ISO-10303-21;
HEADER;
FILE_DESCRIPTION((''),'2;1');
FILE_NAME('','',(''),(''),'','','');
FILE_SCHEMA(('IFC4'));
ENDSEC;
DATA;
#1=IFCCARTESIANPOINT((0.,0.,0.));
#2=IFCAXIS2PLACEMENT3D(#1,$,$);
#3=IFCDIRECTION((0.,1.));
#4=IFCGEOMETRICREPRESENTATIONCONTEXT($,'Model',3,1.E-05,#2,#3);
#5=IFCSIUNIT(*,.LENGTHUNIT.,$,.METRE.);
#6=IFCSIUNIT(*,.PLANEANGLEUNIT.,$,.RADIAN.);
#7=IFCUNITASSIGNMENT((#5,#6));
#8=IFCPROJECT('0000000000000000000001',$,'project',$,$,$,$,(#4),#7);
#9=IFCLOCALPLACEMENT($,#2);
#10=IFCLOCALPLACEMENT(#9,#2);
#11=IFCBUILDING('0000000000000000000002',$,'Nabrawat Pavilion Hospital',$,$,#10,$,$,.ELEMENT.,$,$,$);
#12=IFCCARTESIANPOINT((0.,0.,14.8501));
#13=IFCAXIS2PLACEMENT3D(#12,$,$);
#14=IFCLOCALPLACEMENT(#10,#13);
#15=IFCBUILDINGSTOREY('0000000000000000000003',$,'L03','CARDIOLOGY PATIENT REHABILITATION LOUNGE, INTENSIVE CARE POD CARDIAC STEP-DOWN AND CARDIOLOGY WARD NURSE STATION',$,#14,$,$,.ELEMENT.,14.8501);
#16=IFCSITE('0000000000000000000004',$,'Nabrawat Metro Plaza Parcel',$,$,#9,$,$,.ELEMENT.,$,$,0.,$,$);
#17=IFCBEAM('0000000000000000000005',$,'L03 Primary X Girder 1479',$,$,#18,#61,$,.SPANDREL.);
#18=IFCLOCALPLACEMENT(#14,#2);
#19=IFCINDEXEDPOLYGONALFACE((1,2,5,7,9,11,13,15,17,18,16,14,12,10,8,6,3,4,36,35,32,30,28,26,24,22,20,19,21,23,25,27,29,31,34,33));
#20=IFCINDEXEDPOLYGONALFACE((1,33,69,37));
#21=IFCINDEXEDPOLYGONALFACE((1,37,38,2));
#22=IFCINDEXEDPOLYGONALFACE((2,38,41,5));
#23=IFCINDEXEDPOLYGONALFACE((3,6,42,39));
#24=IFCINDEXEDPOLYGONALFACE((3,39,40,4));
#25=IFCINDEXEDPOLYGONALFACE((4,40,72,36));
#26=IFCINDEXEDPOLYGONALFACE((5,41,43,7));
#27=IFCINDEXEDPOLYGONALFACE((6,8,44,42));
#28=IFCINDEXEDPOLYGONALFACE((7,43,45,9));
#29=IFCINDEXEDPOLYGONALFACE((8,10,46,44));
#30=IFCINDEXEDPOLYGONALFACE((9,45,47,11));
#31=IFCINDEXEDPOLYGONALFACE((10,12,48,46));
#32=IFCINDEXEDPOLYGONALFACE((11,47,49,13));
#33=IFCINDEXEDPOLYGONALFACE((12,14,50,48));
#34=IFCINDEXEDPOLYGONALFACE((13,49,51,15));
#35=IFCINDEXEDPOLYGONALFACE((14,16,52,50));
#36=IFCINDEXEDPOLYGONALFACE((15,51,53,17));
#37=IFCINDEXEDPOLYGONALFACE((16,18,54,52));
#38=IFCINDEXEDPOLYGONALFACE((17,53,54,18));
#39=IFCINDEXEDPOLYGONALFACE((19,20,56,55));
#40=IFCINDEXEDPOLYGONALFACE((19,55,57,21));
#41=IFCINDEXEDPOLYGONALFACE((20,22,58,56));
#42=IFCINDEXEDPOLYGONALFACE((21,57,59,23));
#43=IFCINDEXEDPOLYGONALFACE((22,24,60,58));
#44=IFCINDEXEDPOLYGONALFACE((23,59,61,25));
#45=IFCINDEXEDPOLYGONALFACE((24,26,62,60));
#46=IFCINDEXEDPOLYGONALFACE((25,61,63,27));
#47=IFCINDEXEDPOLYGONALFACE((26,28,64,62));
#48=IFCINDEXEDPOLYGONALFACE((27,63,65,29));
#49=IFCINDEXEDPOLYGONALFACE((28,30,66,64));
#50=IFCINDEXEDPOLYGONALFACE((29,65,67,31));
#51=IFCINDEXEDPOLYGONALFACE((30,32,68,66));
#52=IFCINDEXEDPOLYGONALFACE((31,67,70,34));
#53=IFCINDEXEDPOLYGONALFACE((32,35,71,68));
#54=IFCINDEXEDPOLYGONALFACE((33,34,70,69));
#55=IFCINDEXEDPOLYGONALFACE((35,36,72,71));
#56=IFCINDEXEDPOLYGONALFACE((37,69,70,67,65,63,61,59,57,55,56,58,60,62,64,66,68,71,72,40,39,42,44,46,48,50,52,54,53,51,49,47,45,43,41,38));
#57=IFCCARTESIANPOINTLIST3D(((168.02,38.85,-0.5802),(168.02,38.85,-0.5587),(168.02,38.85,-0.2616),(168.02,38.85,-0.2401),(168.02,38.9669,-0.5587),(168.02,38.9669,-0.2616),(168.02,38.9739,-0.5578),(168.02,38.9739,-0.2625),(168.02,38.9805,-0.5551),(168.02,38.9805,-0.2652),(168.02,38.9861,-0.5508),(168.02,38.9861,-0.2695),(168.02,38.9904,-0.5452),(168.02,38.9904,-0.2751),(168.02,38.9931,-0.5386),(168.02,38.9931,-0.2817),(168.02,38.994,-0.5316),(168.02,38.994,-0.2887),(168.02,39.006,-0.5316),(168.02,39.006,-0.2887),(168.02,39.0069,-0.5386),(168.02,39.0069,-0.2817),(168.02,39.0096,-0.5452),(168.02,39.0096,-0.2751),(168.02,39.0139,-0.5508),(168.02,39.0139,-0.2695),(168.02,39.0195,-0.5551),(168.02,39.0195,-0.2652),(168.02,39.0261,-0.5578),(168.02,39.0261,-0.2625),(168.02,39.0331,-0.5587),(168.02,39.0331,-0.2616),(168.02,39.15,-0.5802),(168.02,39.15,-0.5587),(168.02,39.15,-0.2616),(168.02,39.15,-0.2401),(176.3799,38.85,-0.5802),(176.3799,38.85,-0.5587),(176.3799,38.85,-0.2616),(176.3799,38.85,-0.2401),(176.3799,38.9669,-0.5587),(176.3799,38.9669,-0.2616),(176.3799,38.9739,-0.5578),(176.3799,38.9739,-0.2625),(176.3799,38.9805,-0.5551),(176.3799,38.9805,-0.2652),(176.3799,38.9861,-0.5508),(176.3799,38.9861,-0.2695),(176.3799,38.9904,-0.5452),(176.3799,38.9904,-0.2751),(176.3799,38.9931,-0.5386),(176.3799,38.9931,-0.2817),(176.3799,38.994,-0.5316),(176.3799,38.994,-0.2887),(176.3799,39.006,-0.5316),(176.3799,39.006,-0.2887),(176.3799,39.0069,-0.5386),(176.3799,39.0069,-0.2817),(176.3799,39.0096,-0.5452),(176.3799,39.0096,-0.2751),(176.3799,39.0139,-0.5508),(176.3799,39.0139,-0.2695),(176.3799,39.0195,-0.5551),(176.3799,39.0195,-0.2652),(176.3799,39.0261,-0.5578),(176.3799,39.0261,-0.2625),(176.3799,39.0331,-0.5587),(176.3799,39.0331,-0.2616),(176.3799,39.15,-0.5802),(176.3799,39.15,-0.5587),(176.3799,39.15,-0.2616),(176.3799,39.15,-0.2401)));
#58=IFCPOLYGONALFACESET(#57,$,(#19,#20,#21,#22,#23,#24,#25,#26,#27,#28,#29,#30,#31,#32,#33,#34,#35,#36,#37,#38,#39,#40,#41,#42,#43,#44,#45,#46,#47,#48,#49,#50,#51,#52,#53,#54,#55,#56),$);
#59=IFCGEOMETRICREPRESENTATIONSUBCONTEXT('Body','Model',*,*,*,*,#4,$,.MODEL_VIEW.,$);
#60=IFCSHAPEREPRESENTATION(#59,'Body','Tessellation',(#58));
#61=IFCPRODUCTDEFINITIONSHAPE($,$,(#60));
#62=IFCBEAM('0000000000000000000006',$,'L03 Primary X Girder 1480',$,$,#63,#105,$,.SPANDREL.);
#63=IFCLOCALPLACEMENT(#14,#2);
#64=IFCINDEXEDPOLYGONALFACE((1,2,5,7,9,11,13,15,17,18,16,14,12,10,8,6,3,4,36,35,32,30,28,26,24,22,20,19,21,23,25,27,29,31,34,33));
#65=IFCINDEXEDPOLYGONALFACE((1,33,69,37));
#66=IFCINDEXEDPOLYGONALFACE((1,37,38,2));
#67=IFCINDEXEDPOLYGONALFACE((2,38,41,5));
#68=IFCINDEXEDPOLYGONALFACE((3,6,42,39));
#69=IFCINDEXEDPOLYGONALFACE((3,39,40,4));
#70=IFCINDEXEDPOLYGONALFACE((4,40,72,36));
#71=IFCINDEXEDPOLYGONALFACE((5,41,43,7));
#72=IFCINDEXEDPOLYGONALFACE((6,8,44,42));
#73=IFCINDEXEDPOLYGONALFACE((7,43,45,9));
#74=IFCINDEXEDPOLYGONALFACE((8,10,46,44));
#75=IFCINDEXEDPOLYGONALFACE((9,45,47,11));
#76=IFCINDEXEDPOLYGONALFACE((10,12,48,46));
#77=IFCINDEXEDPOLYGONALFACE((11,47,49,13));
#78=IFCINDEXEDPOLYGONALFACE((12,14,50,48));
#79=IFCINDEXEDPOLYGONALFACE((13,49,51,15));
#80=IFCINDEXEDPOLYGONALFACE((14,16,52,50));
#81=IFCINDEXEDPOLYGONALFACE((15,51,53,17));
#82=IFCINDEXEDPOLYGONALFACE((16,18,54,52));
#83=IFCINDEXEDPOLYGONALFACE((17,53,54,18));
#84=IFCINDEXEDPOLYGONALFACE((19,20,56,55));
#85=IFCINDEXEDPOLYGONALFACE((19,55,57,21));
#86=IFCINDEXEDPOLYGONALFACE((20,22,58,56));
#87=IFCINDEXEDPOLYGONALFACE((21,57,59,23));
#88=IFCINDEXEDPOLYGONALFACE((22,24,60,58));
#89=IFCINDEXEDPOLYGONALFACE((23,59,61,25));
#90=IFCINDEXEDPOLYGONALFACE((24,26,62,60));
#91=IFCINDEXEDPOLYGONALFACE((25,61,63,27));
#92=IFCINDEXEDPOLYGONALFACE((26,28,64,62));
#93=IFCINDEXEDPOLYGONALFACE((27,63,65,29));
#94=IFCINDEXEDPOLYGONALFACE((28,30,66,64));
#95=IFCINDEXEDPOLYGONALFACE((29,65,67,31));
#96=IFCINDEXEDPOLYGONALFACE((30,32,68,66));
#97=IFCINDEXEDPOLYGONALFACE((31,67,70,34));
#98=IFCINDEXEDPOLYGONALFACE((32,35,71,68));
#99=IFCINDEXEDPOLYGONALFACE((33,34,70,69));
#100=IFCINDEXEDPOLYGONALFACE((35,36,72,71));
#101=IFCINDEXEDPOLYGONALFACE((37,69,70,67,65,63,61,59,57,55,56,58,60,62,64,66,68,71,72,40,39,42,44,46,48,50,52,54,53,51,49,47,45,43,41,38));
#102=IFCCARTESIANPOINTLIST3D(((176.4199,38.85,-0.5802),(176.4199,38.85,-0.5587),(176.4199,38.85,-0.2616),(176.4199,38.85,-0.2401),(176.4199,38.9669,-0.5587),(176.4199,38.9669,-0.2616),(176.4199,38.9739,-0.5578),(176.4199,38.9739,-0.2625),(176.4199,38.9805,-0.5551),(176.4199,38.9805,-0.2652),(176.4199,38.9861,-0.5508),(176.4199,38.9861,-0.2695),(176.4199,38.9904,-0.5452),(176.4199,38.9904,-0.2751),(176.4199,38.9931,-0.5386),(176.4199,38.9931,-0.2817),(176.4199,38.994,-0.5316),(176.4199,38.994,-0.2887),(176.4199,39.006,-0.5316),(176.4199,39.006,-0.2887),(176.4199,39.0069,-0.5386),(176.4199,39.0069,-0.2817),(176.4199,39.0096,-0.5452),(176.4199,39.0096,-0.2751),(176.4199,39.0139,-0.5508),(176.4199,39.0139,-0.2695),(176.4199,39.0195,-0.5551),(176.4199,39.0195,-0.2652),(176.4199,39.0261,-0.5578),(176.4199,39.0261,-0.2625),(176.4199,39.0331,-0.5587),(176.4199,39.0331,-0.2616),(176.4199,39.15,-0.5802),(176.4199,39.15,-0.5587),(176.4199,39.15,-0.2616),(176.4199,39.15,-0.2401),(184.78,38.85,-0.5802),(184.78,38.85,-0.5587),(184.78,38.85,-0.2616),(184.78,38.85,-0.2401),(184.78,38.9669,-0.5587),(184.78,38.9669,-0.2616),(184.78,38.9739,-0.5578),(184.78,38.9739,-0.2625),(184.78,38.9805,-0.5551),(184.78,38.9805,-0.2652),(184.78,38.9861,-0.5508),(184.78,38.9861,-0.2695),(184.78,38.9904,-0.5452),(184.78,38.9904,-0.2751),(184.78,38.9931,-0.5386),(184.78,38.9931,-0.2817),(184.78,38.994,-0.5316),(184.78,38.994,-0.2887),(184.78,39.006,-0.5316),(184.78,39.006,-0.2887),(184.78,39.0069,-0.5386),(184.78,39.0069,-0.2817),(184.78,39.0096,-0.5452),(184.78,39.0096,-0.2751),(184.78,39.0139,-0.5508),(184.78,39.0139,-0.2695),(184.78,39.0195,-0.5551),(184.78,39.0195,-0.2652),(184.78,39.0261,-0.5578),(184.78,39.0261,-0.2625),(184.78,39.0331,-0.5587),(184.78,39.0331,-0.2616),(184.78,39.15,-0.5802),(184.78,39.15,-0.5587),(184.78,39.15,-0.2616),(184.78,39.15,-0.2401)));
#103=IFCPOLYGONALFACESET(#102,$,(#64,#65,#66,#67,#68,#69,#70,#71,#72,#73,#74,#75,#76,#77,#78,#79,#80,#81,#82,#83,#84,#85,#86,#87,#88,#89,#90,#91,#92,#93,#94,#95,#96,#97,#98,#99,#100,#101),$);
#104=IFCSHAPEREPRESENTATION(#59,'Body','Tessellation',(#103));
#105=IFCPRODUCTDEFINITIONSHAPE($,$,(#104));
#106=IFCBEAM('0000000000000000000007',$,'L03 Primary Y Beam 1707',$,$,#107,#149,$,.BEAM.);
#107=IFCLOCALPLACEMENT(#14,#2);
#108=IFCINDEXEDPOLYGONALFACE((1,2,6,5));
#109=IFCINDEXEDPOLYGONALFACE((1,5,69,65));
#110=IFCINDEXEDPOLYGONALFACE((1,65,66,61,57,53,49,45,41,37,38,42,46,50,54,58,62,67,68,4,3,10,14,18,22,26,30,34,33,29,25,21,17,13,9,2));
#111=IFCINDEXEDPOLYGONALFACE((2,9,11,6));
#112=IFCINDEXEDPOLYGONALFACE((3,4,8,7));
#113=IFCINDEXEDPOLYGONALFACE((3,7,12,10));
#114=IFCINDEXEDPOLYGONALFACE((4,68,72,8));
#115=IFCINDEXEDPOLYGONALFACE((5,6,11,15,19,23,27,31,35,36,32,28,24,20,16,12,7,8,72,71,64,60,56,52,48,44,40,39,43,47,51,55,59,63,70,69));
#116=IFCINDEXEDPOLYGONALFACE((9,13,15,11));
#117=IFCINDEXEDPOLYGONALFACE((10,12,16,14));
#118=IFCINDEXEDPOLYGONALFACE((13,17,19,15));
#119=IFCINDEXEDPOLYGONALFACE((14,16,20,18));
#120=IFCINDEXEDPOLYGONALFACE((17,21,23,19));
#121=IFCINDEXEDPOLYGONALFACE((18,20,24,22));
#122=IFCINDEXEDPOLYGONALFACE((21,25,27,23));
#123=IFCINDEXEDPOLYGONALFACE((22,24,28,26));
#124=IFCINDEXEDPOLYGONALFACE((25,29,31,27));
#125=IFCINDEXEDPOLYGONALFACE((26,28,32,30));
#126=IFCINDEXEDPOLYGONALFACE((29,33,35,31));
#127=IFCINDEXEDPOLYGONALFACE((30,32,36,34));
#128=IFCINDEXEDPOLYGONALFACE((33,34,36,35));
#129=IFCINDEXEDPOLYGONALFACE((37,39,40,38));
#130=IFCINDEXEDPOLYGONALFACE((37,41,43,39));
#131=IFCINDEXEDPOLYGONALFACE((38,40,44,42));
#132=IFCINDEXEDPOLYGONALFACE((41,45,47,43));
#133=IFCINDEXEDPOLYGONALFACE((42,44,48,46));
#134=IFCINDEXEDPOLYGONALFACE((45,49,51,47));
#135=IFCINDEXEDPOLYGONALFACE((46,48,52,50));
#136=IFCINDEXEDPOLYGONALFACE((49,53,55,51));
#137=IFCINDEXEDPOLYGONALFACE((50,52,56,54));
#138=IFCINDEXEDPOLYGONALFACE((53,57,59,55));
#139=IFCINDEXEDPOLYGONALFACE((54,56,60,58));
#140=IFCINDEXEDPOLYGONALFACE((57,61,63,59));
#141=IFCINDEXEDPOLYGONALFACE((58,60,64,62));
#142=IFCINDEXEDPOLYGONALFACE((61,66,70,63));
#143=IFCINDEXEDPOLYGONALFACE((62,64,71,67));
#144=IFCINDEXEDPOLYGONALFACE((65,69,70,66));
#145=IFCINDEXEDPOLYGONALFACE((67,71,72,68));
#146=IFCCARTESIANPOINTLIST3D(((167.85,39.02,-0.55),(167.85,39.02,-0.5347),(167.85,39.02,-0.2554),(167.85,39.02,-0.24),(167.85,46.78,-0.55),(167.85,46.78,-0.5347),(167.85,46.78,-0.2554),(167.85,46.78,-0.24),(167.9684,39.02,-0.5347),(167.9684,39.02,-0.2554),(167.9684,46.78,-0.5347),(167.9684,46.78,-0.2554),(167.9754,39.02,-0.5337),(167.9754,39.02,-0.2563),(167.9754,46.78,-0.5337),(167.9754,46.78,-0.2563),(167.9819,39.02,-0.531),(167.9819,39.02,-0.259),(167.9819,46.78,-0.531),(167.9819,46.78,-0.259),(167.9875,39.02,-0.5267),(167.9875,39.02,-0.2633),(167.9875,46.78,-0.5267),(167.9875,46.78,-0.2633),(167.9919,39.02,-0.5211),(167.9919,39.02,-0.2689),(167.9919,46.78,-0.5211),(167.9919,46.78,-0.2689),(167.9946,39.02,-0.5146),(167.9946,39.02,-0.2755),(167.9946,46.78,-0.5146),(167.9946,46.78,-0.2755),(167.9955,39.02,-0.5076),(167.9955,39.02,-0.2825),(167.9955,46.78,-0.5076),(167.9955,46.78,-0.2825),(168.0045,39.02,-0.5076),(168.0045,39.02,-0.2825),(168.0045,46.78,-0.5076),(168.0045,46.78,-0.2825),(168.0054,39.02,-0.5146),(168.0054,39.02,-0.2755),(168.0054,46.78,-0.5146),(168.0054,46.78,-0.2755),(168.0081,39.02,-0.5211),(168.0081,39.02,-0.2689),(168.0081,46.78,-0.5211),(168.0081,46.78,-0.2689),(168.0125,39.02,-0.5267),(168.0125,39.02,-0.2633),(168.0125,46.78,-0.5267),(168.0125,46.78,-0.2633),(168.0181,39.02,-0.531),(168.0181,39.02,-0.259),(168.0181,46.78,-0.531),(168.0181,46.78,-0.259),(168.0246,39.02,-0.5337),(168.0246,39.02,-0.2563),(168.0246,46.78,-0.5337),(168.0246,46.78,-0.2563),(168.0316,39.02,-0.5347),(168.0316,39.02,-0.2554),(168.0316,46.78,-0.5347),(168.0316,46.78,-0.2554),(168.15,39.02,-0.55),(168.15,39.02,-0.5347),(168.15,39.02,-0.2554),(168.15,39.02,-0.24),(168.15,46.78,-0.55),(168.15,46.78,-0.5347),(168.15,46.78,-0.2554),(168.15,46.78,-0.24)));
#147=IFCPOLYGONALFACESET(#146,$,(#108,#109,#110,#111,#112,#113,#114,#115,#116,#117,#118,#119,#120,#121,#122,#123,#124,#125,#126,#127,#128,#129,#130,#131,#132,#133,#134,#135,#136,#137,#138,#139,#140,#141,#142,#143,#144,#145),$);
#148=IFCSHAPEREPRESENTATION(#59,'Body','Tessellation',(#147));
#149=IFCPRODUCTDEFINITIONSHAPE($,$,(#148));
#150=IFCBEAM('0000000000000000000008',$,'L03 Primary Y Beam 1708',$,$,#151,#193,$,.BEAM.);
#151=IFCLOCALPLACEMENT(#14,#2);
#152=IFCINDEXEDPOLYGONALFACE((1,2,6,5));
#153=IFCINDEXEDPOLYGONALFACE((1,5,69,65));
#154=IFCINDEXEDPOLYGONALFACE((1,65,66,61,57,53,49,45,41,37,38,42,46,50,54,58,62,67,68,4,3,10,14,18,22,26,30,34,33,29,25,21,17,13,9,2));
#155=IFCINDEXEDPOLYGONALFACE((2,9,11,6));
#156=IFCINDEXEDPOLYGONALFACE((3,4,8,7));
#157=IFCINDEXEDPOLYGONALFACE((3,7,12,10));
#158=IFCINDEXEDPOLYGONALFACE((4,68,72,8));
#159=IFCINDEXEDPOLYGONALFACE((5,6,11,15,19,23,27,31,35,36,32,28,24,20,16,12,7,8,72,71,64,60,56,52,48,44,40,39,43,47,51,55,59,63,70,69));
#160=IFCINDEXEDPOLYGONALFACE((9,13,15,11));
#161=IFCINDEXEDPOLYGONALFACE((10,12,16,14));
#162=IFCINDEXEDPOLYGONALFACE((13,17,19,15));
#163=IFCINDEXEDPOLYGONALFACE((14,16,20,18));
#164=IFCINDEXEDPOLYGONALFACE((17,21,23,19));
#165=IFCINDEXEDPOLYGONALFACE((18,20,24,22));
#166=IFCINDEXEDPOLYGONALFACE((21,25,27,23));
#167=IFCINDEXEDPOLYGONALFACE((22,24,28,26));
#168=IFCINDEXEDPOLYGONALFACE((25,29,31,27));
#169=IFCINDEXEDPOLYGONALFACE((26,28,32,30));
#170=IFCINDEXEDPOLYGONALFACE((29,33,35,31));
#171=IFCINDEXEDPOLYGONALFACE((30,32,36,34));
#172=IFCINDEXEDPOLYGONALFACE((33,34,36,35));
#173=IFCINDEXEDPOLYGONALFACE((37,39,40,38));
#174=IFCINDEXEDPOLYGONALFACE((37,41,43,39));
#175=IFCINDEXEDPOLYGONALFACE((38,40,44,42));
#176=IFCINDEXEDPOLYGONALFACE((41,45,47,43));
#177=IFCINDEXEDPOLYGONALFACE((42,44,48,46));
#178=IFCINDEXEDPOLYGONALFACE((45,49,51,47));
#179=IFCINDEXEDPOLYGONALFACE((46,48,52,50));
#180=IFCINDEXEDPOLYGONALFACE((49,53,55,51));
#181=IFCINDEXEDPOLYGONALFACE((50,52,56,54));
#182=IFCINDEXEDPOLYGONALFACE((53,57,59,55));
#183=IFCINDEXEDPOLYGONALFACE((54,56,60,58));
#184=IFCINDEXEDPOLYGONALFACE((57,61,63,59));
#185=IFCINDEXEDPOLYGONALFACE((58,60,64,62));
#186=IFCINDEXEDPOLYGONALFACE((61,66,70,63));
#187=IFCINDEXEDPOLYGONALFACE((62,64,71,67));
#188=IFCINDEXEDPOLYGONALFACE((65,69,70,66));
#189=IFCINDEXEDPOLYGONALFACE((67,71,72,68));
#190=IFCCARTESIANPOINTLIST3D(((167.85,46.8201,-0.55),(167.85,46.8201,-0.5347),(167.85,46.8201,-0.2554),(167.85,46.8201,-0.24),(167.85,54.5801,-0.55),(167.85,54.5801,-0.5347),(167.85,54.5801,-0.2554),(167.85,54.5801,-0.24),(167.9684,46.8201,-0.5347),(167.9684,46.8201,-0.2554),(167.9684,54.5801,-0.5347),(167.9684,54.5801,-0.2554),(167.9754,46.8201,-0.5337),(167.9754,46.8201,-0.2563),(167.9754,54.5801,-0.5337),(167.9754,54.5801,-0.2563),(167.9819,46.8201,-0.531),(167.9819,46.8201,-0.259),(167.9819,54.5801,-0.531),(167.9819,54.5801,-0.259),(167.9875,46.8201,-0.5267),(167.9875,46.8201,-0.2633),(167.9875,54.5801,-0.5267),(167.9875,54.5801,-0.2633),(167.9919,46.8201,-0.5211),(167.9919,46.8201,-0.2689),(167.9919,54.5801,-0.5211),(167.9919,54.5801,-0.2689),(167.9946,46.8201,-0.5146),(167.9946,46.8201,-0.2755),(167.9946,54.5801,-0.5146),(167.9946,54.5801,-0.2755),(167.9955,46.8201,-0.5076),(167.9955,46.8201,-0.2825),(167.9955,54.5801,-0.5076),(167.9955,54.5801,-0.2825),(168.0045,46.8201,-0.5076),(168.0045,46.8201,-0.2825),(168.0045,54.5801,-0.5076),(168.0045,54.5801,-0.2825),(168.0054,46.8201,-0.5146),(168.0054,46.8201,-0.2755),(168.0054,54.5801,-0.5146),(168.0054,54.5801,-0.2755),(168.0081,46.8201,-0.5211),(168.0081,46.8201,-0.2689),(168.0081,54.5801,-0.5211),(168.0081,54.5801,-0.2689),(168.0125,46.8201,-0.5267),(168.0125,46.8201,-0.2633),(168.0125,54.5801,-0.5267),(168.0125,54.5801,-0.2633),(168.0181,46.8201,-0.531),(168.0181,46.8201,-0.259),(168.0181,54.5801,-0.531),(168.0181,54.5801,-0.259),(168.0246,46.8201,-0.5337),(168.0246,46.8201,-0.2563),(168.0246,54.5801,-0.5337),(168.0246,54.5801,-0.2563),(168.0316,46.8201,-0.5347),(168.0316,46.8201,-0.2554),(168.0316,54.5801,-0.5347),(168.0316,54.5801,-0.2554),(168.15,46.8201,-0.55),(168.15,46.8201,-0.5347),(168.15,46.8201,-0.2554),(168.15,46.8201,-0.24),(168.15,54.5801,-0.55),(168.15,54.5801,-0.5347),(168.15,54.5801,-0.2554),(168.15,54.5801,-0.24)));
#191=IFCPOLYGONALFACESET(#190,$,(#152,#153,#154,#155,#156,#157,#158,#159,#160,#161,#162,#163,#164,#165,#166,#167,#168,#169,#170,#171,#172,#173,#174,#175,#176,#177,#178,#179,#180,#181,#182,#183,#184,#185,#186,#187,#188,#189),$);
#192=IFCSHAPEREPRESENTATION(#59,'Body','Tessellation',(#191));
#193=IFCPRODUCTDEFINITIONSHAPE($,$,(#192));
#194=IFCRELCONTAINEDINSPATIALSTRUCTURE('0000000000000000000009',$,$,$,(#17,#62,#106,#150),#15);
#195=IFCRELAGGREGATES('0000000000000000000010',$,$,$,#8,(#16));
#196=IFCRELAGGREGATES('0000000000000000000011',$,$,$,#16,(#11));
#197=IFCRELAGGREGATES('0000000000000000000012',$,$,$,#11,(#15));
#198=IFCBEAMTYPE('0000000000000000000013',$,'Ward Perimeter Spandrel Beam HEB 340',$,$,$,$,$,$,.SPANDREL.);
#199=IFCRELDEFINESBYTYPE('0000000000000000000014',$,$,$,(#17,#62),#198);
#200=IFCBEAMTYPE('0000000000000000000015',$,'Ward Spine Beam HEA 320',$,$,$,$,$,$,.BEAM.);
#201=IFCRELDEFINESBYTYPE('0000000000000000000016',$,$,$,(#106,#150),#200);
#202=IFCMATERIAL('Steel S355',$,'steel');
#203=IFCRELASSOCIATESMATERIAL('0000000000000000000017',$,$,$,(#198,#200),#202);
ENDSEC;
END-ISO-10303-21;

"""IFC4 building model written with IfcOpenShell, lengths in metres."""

from ifc_helpers import new_model, si_unit, direction, frame, origin, origin_2d, place, context, subcontext, project, spatial, i_section, extrude, material, material_profile, profile_set, type_object, element, save


model = new_model("IFC4")

# Units and contexts
model_context = context("Model", 3, precision=1e-05, world=origin(), true_north=direction((0.0, 1.0)))
body_context = subcontext(model_context, "Body", "Model", "MODEL_VIEW")
ifc_project = project(units=[si_unit("LENGTHUNIT", "METRE"), si_unit("PLANEANGLEUNIT", "RADIAN")], contexts=[model_context])

# Site, building, storey
site_placement = place(None, origin())
site = spatial("IfcSite", under=ifc_project, at=site_placement, Name="Nabrawat Metro Plaza Parcel", CompositionType="ELEMENT", RefElevation=0.0)
building_placement = place(site_placement, origin())
building = spatial("IfcBuilding", under=site, at=building_placement, Name="Nabrawat Pavilion Hospital", CompositionType="ELEMENT")
storey_placement = place(building_placement, frame((0.0, 0.0, 14.8501)))
storey = spatial("IfcBuildingStorey", under=building, at=storey_placement, Name="L03", Description="CARDIOLOGY PATIENT REHABILITATION LOUNGE, INTENSIVE CARE POD CARDIAC STEP-DOWN AND CARDIOLOGY WARD NURSE STATION", CompositionType="ELEMENT", Elevation=14.8501)

# Shared definitions
ifc_material_1 = material(Name="Steel S355", Category="steel")

# Beams
ifc_material_profile_1 = material_profile(ifc_material_1, i_section(OverallWidth=0.3, OverallDepth=0.3401, WebThickness=0.012, FlangeThickness=0.0215, FilletRadius=0.0271, at=origin_2d()), Name="HEB 340")
ifc_profile_set_1 = profile_set([ifc_material_profile_1], Name="Steel S355")
beam_type_1 = type_object("IfcBeamType", Name="Ward Perimeter Spandrel Beam HEB 340", PredefinedType="SPANDREL", material=ifc_profile_set_1)
beam_1_placement = place(storey_placement, frame((168.02, 39.0, -0.4102), z_axis=(1.0, 0.0, 0.0), x_axis=(0.0, 1.0, 0.0)))
element("IfcBeam", 1, at=beam_1_placement, inside=storey, type_object=beam_type_1, Name="L03 Primary X Girder 1479", PredefinedType="SPANDREL", context=body_context, shape_type="SweptSolid", body=[
    extrude(i_section(OverallWidth=0.3, OverallDepth=0.3401, WebThickness=0.012, FlangeThickness=0.0215, FilletRadius=0.0271, at=origin_2d()), origin(), (0.0, 0.0, 1.0), 8.3599),
])
beam_2_placement = place(storey_placement, frame((176.4199, 39.0, -0.4102), z_axis=(1.0, 0.0, 0.0), x_axis=(0.0, 1.0, 0.0)))
element("IfcBeam", 2, at=beam_2_placement, inside=storey, type_object=beam_type_1, Name="L03 Primary X Girder 1480", PredefinedType="SPANDREL", context=body_context, shape_type="SweptSolid", body=[
    extrude(i_section(OverallWidth=0.3, OverallDepth=0.3401, WebThickness=0.012, FlangeThickness=0.0215, FilletRadius=0.0271, at=origin_2d()), origin(), (0.0, 0.0, 1.0), 8.3601),
])
ifc_material_profile_2 = material_profile(ifc_material_1, i_section(OverallWidth=0.3, OverallDepth=0.3101, WebThickness=0.009, FlangeThickness=0.0154, FilletRadius=0.0271, at=origin_2d()), Name="HEA 320")
ifc_profile_set_2 = profile_set([ifc_material_profile_2], Name="Steel S355")
beam_type_2 = type_object("IfcBeamType", Name="Ward Spine Beam HEA 320", PredefinedType="BEAM", material=ifc_profile_set_2)
for number, where, z_axis, x_axis, name in (
    (3, (168.0, 39.02, -0.395), (0.0, 1.0, 0.0), (-1.0, 0.0, 0.0), "L03 Primary Y Beam 1707"),
    (4, (168.0, 46.8201, -0.395), (0.0, 1.0, 0.0), (-1.0, 0.0, 0.0), "L03 Primary Y Beam 1708"),
):
    element("IfcBeam", number, at=place(storey_placement, frame(where, z_axis=z_axis, x_axis=x_axis)), inside=storey, type_object=beam_type_2, Name=name, PredefinedType="BEAM", context=body_context, shape_type="SweptSolid", body=[
        extrude(i_section(OverallWidth=0.3, OverallDepth=0.3101, WebThickness=0.009, FlangeThickness=0.0154, FilletRadius=0.0271, at=origin_2d()), origin(), (0.0, 0.0, 1.0), 7.76),
    ])

save(model, "model.ifc")
